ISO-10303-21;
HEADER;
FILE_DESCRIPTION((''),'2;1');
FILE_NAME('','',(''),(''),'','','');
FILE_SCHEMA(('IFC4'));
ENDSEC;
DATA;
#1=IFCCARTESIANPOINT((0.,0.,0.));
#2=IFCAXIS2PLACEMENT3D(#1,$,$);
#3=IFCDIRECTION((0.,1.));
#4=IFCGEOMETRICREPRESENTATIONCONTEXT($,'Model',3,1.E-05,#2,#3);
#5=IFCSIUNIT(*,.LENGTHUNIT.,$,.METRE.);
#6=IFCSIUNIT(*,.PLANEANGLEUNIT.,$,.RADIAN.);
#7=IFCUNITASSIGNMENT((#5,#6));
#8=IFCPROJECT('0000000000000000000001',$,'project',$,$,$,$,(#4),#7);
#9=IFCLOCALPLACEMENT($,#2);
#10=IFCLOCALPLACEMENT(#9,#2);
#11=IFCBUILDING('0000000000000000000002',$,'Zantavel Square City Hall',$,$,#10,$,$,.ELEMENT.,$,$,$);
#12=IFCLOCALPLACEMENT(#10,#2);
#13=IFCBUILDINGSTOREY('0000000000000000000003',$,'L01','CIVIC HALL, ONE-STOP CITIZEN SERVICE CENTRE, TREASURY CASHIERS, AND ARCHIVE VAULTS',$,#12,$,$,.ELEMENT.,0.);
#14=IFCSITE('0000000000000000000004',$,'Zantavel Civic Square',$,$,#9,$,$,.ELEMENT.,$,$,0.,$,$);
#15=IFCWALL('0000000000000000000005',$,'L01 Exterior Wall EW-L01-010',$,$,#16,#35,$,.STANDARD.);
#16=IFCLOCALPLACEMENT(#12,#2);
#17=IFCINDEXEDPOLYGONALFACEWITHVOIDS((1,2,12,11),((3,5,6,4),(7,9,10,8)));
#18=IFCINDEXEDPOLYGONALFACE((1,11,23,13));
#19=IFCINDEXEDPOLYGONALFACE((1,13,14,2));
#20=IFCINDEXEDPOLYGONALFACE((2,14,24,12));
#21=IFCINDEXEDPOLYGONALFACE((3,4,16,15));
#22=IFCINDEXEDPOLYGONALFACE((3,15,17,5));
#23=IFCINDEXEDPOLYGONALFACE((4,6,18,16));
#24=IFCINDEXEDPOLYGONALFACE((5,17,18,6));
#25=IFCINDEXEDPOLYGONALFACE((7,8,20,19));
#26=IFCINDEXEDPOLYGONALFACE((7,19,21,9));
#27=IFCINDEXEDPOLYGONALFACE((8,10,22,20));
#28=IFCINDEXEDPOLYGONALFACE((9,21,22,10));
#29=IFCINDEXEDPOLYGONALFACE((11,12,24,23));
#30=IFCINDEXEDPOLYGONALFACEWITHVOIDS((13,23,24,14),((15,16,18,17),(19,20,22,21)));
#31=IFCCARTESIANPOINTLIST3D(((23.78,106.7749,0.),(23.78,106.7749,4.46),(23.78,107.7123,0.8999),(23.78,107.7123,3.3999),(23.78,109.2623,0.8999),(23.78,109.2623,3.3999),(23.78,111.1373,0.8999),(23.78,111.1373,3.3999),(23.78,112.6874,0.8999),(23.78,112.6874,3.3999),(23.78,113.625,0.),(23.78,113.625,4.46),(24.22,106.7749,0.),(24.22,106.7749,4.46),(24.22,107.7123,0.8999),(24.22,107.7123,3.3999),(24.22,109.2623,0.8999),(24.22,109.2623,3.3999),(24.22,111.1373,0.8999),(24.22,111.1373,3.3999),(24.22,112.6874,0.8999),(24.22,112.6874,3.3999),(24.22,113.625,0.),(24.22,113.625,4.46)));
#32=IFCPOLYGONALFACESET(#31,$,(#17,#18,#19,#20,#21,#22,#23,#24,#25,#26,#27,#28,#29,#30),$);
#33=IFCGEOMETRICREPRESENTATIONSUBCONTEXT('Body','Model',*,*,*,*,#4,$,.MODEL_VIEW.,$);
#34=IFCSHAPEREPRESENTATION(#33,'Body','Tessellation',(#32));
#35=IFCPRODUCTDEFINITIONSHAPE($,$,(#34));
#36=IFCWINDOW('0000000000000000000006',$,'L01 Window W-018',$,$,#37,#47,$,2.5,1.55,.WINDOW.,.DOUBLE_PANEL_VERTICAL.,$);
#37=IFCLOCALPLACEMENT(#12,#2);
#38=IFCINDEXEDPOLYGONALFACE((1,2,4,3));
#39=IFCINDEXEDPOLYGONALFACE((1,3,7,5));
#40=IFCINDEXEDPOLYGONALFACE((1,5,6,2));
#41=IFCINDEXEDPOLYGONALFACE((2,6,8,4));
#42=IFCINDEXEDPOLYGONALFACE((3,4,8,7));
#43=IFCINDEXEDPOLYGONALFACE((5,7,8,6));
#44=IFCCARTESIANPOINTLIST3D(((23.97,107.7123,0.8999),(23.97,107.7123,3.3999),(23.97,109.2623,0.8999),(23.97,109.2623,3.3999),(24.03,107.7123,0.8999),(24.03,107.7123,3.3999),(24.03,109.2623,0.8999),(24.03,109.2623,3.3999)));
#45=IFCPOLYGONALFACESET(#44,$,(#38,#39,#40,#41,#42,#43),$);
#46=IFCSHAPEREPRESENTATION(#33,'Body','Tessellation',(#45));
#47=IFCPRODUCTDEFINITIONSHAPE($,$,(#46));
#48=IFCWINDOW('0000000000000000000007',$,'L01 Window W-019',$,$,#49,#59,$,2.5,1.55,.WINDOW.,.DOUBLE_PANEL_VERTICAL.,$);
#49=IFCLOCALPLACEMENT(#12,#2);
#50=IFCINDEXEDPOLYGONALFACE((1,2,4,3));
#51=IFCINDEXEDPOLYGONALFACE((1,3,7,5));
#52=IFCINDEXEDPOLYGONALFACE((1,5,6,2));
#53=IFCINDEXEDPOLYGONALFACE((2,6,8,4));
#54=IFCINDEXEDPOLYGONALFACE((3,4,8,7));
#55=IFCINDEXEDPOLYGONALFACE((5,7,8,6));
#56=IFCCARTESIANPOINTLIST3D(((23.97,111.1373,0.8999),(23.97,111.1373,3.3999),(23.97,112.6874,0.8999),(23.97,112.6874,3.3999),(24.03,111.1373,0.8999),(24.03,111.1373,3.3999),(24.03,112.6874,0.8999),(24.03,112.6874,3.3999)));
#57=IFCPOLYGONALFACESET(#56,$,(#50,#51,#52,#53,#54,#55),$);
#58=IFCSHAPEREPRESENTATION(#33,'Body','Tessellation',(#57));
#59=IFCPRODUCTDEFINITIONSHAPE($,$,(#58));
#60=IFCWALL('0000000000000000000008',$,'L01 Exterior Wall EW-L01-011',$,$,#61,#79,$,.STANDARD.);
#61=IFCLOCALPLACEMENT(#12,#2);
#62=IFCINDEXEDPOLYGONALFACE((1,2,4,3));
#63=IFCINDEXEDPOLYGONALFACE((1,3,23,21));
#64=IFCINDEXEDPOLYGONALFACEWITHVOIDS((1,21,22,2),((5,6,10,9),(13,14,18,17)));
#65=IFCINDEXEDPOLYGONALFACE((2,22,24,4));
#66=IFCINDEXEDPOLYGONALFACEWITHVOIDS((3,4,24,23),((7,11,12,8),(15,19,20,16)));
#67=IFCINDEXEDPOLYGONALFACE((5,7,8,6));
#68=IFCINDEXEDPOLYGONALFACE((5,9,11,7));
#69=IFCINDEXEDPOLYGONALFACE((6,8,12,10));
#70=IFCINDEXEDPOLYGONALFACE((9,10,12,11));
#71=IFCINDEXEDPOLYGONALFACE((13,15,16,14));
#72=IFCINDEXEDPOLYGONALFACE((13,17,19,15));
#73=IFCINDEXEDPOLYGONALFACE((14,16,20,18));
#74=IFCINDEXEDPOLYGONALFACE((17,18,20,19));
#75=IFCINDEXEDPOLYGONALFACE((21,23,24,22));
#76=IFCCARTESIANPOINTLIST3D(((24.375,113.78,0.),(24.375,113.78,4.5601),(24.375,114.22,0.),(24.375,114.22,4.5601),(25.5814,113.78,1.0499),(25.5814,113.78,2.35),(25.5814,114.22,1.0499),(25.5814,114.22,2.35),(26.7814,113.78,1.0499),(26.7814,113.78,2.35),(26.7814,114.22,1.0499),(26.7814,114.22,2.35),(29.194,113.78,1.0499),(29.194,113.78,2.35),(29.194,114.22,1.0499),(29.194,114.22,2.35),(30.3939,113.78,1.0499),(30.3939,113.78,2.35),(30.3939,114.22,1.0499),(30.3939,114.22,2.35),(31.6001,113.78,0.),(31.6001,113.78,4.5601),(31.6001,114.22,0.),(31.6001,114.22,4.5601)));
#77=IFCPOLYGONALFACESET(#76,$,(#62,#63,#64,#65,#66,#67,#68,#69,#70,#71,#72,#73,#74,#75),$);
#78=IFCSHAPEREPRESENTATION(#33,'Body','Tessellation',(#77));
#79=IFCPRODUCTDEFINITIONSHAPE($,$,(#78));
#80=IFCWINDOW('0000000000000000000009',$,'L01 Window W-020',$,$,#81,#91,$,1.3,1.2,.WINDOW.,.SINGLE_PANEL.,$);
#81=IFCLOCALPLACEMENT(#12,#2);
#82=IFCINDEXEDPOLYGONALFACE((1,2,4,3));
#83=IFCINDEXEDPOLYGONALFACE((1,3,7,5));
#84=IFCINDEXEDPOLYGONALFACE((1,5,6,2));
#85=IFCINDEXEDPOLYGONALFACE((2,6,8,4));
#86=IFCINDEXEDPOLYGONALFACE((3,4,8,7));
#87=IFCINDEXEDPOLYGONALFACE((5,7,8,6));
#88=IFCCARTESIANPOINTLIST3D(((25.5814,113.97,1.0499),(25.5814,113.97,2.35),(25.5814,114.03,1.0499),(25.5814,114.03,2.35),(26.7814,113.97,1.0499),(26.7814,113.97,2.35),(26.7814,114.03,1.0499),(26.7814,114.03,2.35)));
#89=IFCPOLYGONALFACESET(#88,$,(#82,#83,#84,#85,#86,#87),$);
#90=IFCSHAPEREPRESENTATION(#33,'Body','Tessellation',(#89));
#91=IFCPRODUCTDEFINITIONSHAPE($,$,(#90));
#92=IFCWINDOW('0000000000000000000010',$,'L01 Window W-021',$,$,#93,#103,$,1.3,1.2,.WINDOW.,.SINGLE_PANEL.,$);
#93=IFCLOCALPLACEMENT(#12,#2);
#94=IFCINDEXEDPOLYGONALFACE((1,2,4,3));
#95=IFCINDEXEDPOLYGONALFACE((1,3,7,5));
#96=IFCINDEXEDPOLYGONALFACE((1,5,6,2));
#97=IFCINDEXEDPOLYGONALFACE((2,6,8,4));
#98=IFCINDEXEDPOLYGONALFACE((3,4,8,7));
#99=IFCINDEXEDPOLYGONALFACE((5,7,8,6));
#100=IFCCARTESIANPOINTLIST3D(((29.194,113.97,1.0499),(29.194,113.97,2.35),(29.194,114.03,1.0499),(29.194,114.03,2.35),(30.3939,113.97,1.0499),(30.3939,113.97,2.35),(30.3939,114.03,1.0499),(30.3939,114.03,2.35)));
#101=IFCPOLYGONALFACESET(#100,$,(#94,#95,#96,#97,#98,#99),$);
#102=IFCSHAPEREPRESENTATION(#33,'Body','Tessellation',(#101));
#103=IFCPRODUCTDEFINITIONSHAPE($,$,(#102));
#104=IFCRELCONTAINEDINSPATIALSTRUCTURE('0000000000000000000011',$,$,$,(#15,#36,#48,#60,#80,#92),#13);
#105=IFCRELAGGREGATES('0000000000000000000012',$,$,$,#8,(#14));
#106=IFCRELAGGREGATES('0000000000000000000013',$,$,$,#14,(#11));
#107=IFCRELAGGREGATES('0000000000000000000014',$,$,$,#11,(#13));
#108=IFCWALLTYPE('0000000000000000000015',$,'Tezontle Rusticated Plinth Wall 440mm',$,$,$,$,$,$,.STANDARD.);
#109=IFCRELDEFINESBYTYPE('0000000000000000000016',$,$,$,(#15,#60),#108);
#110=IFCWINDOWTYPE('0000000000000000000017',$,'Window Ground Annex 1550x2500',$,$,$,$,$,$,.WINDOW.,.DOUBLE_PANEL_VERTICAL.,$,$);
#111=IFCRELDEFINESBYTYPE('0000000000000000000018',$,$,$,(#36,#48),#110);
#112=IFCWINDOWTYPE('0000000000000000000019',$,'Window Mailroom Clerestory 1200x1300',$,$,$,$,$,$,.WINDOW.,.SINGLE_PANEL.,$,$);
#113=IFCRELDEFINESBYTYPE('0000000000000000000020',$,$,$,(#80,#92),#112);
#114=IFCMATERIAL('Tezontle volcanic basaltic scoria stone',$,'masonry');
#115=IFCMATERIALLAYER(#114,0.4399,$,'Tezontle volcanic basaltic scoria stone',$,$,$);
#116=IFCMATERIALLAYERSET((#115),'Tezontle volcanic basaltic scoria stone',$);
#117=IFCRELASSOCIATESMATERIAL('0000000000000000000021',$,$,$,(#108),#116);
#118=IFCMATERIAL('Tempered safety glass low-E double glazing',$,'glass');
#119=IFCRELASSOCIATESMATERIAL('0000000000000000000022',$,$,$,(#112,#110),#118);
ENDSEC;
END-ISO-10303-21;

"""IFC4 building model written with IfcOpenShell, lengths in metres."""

from ifc_helpers import new_model, si_unit, direction, frame, frame_2d, origin, place, context, subcontext, project, spatial, rectangle, extrude, material, layer, layer_set, type_object, element, fill, save


model = new_model("IFC4")

# Units and contexts
model_context = context("Model", 3, precision=1e-05, world=origin(), true_north=direction((0.0, 1.0)))
body_context = subcontext(model_context, "Body", "Model", "MODEL_VIEW")
ifc_project = project(units=[si_unit("LENGTHUNIT", "METRE"), si_unit("PLANEANGLEUNIT", "RADIAN")], contexts=[model_context])

# Site, building, storey
site_placement = place(None, origin())
site = spatial("IfcSite", under=ifc_project, at=site_placement, Name="Zantavel Civic Square", CompositionType="ELEMENT", RefElevation=0.0)
building_placement = place(site_placement, origin())
building = spatial("IfcBuilding", under=site, at=building_placement, Name="Zantavel Square City Hall", CompositionType="ELEMENT")
storey_placement = place(building_placement, origin())
storey = spatial("IfcBuildingStorey", under=building, at=storey_placement, Name="L01", Description="CIVIC HALL, ONE-STOP CITIZEN SERVICE CENTRE, TREASURY CASHIERS, AND ARCHIVE VAULTS", CompositionType="ELEMENT", Elevation=0.0)

# Walls, openings, windows
ifc_material_1 = material(Name="Tezontle volcanic basaltic scoria stone", Category="masonry")
ifc_layer_1 = layer(ifc_material_1, 0.4399, Name="Tezontle volcanic basaltic scoria stone")
ifc_layer_set_1 = layer_set([ifc_layer_1], Name="Tezontle volcanic basaltic scoria stone")
wall_type_1 = type_object("IfcWallType", Name="Tezontle Rusticated Plinth Wall 440mm", PredefinedType="STANDARD", material=ifc_layer_set_1)
ifc_material_2 = material(Name="Tempered safety glass low-E double glazing", Category="glass")
window_type_1 = type_object("IfcWindowType", Name="Window Mailroom Clerestory 1200x1300", PartitioningType="SINGLE_PANEL", PredefinedType="WINDOW", material=ifc_material_2)
window_type_2 = type_object("IfcWindowType", Name="Window Ground Annex 1550x2500", PartitioningType="DOUBLE_PANEL_VERTICAL", PredefinedType="WINDOW", material=ifc_material_2)
wall_1_placement = place(storey_placement, frame((24.0, 106.7749, 0.0), z_axis=(0.0, 0.0, 1.0), x_axis=(0.0, 1.0, 0.0)))
wall_1 = element("IfcWall", 1, at=wall_1_placement, inside=storey, type_object=wall_type_1, Name="L01 Exterior Wall EW-L01-010", PredefinedType="STANDARD", context=body_context, shape_type="SweptSolid", body=[
    extrude(rectangle(XDim=6.8501, YDim=0.4399, at=frame_2d((3.425, 0.0))), origin(), (0.0, 0.0, 1.0), 4.46),
])
opening_1_placement = place(wall_1_placement, frame((0.9375, 0.0, 0.8999)))
opening_1 = element("IfcOpeningElement", 2, at=opening_1_placement, cuts=wall_1, PredefinedType="OPENING", context=body_context, shape_type="SweptSolid", body=[
    extrude(rectangle(XDim=1.55, YDim=2.5, at=frame_2d((0.7749, 1.25))), frame((0.0, 0.23, 0.0), z_axis=(0.0, -1.0, 0.0), x_axis=(1.0, 0.0, 0.0)), (0.0, 0.0, 1.0), 0.46),
])
opening_2_placement = place(wall_1_placement, frame((4.3625, 0.0, 0.8999)))
opening_2 = element("IfcOpeningElement", 3, at=opening_2_placement, cuts=wall_1, PredefinedType="OPENING", context=body_context, shape_type="SweptSolid", body=[
    extrude(rectangle(XDim=1.55, YDim=2.5, at=frame_2d((0.7749, 1.25))), frame((0.0, 0.23, 0.0), z_axis=(0.0, -1.0, 0.0), x_axis=(1.0, 0.0, 0.0)), (0.0, 0.0, 1.0), 0.46),
])
window_1_placement = place(opening_1_placement, origin())
window_1 = element("IfcWindow", 4, at=window_1_placement, inside=storey, type_object=window_type_2, Name="L01 Window W-018", OverallHeight=2.5, OverallWidth=1.55, PartitioningType="DOUBLE_PANEL_VERTICAL", PredefinedType="WINDOW", context=body_context, shape_type="SweptSolid", body=[
    extrude(rectangle(XDim=1.55, YDim=2.5, at=frame_2d((0.7749, 1.25))), frame((0.0, 0.03, 0.0), z_axis=(0.0, -1.0, 0.0), x_axis=(1.0, 0.0, 0.0)), (0.0, 0.0, 1.0), 0.0601),
])
fill(opening_1, window_1)
window_2_placement = place(opening_2_placement, origin())
window_2 = element("IfcWindow", 5, at=window_2_placement, inside=storey, type_object=window_type_2, Name="L01 Window W-019", OverallHeight=2.5, OverallWidth=1.55, PartitioningType="DOUBLE_PANEL_VERTICAL", PredefinedType="WINDOW", context=body_context, shape_type="SweptSolid", body=[
    extrude(rectangle(XDim=1.55, YDim=2.5, at=frame_2d((0.7749, 1.25))), frame((0.0, 0.03, 0.0), z_axis=(0.0, -1.0, 0.0), x_axis=(1.0, 0.0, 0.0)), (0.0, 0.0, 1.0), 0.0601),
])
fill(opening_2, window_2)
wall_2_placement = place(storey_placement, frame((24.375, 114.0, 0.0), z_axis=(0.0, 0.0, 1.0), x_axis=(1.0, 0.0, 0.0)))
wall_2 = element("IfcWall", 6, at=wall_2_placement, inside=storey, type_object=wall_type_1, Name="L01 Exterior Wall EW-L01-011", PredefinedType="STANDARD", context=body_context, shape_type="SweptSolid", body=[
    extrude(rectangle(XDim=7.2251, YDim=0.4399, at=frame_2d((3.6125, 0.0))), origin(), (0.0, 0.0, 1.0), 4.5601),
])
opening_3_placement = place(wall_2_placement, frame((1.2063, 0.0, 1.05)))
opening_3 = element("IfcOpeningElement", 7, at=opening_3_placement, cuts=wall_2, PredefinedType="OPENING", context=body_context, shape_type="SweptSolid", body=[
    extrude(rectangle(XDim=1.2, YDim=1.3, at=frame_2d((0.6001, 0.6499))), frame((0.0, 0.23, 0.0), z_axis=(0.0, -1.0, 0.0), x_axis=(1.0, 0.0, 0.0)), (0.0, 0.0, 1.0), 0.46),
])
opening_4_placement = place(wall_2_placement, frame((4.8188, 0.0, 1.05)))
opening_4 = element("IfcOpeningElement", 8, at=opening_4_placement, cuts=wall_2, PredefinedType="OPENING", context=body_context, shape_type="SweptSolid", body=[
    extrude(rectangle(XDim=1.2, YDim=1.3, at=frame_2d((0.6001, 0.6499))), frame((0.0, 0.23, 0.0), z_axis=(0.0, -1.0, 0.0), x_axis=(1.0, 0.0, 0.0)), (0.0, 0.0, 1.0), 0.46),
])
window_3_placement = place(opening_3_placement, origin())
window_3 = element("IfcWindow", 9, at=window_3_placement, inside=storey, type_object=window_type_1, Name="L01 Window W-020", OverallHeight=1.3, OverallWidth=1.2, PartitioningType="SINGLE_PANEL", PredefinedType="WINDOW", context=body_context, shape_type="SweptSolid", body=[
    extrude(rectangle(XDim=1.2, YDim=1.3, at=frame_2d((0.6001, 0.6499))), frame((0.0, 0.03, 0.0), z_axis=(0.0, -1.0, 0.0), x_axis=(1.0, 0.0, 0.0)), (0.0, 0.0, 1.0), 0.0601),
])
fill(opening_3, window_3)
window_4_placement = place(opening_4_placement, origin())
window_4 = element("IfcWindow", 10, at=window_4_placement, inside=storey, type_object=window_type_1, Name="L01 Window W-021", OverallHeight=1.3, OverallWidth=1.2, PartitioningType="SINGLE_PANEL", PredefinedType="WINDOW", context=body_context, shape_type="SweptSolid", body=[
    extrude(rectangle(XDim=1.2, YDim=1.3, at=frame_2d((0.6001, 0.6499))), frame((0.0, 0.03, 0.0), z_axis=(0.0, -1.0, 0.0), x_axis=(1.0, 0.0, 0.0)), (0.0, 0.0, 1.0), 0.0601),
])
fill(opening_4, window_4)

save(model, "model.ifc")
